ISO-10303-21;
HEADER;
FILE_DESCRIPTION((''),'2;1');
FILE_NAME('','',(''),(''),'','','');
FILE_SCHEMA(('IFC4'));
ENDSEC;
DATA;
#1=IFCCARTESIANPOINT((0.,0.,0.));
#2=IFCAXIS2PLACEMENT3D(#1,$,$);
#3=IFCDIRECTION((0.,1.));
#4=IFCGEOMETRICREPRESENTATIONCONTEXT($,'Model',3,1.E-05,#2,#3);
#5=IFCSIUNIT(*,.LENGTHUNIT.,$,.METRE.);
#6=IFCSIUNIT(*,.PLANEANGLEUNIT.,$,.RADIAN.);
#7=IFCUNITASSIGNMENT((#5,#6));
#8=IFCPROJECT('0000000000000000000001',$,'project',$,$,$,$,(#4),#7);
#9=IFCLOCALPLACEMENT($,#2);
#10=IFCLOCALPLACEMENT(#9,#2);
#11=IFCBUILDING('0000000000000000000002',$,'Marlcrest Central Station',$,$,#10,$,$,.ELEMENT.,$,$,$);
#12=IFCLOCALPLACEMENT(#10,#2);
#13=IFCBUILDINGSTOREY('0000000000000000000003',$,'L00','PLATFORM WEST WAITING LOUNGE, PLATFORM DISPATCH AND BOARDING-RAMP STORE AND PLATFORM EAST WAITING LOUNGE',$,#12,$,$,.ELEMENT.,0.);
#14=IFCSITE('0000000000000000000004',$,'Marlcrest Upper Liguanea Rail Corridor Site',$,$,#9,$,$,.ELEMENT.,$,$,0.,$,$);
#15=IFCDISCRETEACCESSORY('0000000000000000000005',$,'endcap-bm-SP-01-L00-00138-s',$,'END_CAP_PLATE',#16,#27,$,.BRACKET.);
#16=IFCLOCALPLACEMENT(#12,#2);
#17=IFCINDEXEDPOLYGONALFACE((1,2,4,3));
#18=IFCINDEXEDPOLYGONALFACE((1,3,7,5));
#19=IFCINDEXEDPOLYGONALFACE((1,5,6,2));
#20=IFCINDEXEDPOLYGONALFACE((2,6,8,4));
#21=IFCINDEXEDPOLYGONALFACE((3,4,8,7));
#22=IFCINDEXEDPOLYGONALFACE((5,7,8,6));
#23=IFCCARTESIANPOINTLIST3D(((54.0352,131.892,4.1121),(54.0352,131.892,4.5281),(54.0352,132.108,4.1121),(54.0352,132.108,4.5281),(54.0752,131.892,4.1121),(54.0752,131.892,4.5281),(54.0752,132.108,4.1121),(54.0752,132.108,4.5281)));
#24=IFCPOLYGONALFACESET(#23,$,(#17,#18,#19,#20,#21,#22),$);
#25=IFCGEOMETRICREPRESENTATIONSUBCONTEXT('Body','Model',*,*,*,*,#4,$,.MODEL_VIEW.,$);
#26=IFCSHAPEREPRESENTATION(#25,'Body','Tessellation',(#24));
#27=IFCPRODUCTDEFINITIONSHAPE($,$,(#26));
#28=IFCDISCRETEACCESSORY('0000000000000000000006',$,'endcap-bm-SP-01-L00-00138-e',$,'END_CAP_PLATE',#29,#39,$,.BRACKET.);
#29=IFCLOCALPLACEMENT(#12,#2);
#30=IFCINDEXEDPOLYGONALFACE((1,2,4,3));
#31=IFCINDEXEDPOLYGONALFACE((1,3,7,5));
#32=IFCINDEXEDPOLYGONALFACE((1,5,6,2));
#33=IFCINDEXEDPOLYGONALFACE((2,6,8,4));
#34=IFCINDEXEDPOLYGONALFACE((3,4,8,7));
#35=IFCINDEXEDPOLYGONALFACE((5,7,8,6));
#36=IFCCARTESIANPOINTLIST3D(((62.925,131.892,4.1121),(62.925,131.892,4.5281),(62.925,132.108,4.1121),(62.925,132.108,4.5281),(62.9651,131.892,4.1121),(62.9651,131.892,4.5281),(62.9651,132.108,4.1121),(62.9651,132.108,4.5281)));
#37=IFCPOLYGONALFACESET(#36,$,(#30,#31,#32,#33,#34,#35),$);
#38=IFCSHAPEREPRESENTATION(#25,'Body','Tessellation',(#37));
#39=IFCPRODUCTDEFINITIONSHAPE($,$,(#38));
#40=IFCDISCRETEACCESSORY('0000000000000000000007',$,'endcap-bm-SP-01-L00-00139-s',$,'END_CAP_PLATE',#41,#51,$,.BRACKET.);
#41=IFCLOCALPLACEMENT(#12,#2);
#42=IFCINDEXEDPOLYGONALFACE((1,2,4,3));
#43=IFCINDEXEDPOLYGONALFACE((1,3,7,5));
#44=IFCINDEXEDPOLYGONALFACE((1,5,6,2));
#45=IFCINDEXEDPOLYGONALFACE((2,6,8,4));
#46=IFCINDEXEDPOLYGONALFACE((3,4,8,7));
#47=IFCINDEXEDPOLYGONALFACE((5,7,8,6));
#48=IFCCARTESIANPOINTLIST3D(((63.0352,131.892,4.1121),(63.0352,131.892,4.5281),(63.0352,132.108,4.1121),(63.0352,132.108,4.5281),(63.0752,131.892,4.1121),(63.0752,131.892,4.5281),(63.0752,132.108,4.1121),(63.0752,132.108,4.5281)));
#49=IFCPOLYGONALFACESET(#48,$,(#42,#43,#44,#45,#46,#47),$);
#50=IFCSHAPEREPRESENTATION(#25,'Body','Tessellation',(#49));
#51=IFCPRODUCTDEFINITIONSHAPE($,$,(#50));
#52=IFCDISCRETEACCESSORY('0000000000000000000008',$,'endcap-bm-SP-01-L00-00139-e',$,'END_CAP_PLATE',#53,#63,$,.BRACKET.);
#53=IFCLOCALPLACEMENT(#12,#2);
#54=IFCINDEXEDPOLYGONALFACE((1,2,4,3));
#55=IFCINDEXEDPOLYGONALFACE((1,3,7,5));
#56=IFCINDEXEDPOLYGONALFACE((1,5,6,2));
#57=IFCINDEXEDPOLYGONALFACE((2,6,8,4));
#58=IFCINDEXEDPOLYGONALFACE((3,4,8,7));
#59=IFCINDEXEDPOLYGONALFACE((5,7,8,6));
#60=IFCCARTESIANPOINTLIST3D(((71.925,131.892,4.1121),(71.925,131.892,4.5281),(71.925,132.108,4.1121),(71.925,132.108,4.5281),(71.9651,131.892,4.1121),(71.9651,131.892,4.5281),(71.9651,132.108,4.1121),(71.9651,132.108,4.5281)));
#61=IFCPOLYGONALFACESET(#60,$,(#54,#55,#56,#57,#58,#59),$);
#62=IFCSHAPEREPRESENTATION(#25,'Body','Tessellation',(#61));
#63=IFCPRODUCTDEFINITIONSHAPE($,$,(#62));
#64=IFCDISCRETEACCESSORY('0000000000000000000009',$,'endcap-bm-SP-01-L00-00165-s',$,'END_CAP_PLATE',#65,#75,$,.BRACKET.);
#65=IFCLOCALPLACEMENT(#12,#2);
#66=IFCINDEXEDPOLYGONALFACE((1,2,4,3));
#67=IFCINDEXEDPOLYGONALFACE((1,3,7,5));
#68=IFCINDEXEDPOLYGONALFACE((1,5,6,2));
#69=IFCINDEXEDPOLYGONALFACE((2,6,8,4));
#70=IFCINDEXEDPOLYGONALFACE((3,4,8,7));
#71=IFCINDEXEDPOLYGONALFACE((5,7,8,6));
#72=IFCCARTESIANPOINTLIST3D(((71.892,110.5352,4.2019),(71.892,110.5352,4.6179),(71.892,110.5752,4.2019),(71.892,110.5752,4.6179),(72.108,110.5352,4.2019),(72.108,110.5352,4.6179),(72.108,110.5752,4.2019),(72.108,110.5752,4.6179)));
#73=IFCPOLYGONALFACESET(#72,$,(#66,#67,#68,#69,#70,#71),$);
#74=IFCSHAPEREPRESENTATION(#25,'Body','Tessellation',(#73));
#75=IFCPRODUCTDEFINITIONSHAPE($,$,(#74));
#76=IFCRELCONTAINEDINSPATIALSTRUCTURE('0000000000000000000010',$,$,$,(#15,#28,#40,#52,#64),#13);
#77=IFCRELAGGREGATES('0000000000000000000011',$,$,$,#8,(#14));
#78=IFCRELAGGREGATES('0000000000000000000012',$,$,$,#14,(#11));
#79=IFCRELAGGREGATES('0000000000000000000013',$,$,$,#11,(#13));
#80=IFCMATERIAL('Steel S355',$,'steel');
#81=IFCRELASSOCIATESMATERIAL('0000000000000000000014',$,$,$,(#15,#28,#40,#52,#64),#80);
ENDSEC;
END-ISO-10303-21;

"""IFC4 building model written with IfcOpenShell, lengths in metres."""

from ifc_helpers import new_model, si_unit, direction, frame, origin, origin_2d, place, context, subcontext, project, spatial, rectangle, extrude, material, element, save


model = new_model("IFC4")

# Units and contexts
model_context = context("Model", 3, precision=1e-05, world=origin(), true_north=direction((0.0, 1.0)))
body_context = subcontext(model_context, "Body", "Model", "MODEL_VIEW")
ifc_project = project(units=[si_unit("LENGTHUNIT", "METRE"), si_unit("PLANEANGLEUNIT", "RADIAN")], contexts=[model_context])

# Site, building, storey
site_placement = place(None, origin())
site = spatial("IfcSite", under=ifc_project, at=site_placement, Name="Marlcrest Upper Liguanea Rail Corridor Site", CompositionType="ELEMENT", RefElevation=0.0)
building_placement = place(site_placement, origin())
building = spatial("IfcBuilding", under=site, at=building_placement, Name="Marlcrest Central Station", CompositionType="ELEMENT")
storey_placement = place(building_placement, origin())
storey = spatial("IfcBuildingStorey", under=building, at=storey_placement, Name="L00", Description="PLATFORM WEST WAITING LOUNGE, PLATFORM DISPATCH AND BOARDING-RAMP STORE AND PLATFORM EAST WAITING LOUNGE", CompositionType="ELEMENT", Elevation=0.0)

# Shared definitions
ifc_material_1 = material(Name="Steel S355", Category="steel")

# Discrete accessories
for number, where, z_axis, x_axis, name in (
    (1, (54.0352, 132.0, 4.3201), (1.0, 0.0, 0.0), (0.0, 1.0, 0.0), "endcap-bm-SP-01-L00-00138-s"),
    (2, (62.925, 132.0, 4.3201), (1.0, 0.0, 0.0), (0.0, 1.0, 0.0), "endcap-bm-SP-01-L00-00138-e"),
    (3, (63.0352, 132.0, 4.3201), (1.0, 0.0, 0.0), (0.0, 1.0, 0.0), "endcap-bm-SP-01-L00-00139-s"),
    (4, (71.925, 132.0, 4.3201), (1.0, 0.0, 0.0), (0.0, 1.0, 0.0), "endcap-bm-SP-01-L00-00139-e"),
    (5, (72.0, 110.5352, 4.4099), (0.0, 1.0, 0.0), (-1.0, 0.0, 0.0), "endcap-bm-SP-01-L00-00165-s"),
):
    element("IfcDiscreteAccessory", number, at=place(storey_placement, frame(where, z_axis=z_axis, x_axis=x_axis)), inside=storey, material=ifc_material_1, Name=name, ObjectType="END_CAP_PLATE", PredefinedType="BRACKET", context=body_context, shape_type="SweptSolid", body=[
        extrude(rectangle(XDim=0.2161, YDim=0.416, at=origin_2d()), origin(), (0.0, 0.0, 1.0), 0.04),
    ])

save(model, "model.ifc")
